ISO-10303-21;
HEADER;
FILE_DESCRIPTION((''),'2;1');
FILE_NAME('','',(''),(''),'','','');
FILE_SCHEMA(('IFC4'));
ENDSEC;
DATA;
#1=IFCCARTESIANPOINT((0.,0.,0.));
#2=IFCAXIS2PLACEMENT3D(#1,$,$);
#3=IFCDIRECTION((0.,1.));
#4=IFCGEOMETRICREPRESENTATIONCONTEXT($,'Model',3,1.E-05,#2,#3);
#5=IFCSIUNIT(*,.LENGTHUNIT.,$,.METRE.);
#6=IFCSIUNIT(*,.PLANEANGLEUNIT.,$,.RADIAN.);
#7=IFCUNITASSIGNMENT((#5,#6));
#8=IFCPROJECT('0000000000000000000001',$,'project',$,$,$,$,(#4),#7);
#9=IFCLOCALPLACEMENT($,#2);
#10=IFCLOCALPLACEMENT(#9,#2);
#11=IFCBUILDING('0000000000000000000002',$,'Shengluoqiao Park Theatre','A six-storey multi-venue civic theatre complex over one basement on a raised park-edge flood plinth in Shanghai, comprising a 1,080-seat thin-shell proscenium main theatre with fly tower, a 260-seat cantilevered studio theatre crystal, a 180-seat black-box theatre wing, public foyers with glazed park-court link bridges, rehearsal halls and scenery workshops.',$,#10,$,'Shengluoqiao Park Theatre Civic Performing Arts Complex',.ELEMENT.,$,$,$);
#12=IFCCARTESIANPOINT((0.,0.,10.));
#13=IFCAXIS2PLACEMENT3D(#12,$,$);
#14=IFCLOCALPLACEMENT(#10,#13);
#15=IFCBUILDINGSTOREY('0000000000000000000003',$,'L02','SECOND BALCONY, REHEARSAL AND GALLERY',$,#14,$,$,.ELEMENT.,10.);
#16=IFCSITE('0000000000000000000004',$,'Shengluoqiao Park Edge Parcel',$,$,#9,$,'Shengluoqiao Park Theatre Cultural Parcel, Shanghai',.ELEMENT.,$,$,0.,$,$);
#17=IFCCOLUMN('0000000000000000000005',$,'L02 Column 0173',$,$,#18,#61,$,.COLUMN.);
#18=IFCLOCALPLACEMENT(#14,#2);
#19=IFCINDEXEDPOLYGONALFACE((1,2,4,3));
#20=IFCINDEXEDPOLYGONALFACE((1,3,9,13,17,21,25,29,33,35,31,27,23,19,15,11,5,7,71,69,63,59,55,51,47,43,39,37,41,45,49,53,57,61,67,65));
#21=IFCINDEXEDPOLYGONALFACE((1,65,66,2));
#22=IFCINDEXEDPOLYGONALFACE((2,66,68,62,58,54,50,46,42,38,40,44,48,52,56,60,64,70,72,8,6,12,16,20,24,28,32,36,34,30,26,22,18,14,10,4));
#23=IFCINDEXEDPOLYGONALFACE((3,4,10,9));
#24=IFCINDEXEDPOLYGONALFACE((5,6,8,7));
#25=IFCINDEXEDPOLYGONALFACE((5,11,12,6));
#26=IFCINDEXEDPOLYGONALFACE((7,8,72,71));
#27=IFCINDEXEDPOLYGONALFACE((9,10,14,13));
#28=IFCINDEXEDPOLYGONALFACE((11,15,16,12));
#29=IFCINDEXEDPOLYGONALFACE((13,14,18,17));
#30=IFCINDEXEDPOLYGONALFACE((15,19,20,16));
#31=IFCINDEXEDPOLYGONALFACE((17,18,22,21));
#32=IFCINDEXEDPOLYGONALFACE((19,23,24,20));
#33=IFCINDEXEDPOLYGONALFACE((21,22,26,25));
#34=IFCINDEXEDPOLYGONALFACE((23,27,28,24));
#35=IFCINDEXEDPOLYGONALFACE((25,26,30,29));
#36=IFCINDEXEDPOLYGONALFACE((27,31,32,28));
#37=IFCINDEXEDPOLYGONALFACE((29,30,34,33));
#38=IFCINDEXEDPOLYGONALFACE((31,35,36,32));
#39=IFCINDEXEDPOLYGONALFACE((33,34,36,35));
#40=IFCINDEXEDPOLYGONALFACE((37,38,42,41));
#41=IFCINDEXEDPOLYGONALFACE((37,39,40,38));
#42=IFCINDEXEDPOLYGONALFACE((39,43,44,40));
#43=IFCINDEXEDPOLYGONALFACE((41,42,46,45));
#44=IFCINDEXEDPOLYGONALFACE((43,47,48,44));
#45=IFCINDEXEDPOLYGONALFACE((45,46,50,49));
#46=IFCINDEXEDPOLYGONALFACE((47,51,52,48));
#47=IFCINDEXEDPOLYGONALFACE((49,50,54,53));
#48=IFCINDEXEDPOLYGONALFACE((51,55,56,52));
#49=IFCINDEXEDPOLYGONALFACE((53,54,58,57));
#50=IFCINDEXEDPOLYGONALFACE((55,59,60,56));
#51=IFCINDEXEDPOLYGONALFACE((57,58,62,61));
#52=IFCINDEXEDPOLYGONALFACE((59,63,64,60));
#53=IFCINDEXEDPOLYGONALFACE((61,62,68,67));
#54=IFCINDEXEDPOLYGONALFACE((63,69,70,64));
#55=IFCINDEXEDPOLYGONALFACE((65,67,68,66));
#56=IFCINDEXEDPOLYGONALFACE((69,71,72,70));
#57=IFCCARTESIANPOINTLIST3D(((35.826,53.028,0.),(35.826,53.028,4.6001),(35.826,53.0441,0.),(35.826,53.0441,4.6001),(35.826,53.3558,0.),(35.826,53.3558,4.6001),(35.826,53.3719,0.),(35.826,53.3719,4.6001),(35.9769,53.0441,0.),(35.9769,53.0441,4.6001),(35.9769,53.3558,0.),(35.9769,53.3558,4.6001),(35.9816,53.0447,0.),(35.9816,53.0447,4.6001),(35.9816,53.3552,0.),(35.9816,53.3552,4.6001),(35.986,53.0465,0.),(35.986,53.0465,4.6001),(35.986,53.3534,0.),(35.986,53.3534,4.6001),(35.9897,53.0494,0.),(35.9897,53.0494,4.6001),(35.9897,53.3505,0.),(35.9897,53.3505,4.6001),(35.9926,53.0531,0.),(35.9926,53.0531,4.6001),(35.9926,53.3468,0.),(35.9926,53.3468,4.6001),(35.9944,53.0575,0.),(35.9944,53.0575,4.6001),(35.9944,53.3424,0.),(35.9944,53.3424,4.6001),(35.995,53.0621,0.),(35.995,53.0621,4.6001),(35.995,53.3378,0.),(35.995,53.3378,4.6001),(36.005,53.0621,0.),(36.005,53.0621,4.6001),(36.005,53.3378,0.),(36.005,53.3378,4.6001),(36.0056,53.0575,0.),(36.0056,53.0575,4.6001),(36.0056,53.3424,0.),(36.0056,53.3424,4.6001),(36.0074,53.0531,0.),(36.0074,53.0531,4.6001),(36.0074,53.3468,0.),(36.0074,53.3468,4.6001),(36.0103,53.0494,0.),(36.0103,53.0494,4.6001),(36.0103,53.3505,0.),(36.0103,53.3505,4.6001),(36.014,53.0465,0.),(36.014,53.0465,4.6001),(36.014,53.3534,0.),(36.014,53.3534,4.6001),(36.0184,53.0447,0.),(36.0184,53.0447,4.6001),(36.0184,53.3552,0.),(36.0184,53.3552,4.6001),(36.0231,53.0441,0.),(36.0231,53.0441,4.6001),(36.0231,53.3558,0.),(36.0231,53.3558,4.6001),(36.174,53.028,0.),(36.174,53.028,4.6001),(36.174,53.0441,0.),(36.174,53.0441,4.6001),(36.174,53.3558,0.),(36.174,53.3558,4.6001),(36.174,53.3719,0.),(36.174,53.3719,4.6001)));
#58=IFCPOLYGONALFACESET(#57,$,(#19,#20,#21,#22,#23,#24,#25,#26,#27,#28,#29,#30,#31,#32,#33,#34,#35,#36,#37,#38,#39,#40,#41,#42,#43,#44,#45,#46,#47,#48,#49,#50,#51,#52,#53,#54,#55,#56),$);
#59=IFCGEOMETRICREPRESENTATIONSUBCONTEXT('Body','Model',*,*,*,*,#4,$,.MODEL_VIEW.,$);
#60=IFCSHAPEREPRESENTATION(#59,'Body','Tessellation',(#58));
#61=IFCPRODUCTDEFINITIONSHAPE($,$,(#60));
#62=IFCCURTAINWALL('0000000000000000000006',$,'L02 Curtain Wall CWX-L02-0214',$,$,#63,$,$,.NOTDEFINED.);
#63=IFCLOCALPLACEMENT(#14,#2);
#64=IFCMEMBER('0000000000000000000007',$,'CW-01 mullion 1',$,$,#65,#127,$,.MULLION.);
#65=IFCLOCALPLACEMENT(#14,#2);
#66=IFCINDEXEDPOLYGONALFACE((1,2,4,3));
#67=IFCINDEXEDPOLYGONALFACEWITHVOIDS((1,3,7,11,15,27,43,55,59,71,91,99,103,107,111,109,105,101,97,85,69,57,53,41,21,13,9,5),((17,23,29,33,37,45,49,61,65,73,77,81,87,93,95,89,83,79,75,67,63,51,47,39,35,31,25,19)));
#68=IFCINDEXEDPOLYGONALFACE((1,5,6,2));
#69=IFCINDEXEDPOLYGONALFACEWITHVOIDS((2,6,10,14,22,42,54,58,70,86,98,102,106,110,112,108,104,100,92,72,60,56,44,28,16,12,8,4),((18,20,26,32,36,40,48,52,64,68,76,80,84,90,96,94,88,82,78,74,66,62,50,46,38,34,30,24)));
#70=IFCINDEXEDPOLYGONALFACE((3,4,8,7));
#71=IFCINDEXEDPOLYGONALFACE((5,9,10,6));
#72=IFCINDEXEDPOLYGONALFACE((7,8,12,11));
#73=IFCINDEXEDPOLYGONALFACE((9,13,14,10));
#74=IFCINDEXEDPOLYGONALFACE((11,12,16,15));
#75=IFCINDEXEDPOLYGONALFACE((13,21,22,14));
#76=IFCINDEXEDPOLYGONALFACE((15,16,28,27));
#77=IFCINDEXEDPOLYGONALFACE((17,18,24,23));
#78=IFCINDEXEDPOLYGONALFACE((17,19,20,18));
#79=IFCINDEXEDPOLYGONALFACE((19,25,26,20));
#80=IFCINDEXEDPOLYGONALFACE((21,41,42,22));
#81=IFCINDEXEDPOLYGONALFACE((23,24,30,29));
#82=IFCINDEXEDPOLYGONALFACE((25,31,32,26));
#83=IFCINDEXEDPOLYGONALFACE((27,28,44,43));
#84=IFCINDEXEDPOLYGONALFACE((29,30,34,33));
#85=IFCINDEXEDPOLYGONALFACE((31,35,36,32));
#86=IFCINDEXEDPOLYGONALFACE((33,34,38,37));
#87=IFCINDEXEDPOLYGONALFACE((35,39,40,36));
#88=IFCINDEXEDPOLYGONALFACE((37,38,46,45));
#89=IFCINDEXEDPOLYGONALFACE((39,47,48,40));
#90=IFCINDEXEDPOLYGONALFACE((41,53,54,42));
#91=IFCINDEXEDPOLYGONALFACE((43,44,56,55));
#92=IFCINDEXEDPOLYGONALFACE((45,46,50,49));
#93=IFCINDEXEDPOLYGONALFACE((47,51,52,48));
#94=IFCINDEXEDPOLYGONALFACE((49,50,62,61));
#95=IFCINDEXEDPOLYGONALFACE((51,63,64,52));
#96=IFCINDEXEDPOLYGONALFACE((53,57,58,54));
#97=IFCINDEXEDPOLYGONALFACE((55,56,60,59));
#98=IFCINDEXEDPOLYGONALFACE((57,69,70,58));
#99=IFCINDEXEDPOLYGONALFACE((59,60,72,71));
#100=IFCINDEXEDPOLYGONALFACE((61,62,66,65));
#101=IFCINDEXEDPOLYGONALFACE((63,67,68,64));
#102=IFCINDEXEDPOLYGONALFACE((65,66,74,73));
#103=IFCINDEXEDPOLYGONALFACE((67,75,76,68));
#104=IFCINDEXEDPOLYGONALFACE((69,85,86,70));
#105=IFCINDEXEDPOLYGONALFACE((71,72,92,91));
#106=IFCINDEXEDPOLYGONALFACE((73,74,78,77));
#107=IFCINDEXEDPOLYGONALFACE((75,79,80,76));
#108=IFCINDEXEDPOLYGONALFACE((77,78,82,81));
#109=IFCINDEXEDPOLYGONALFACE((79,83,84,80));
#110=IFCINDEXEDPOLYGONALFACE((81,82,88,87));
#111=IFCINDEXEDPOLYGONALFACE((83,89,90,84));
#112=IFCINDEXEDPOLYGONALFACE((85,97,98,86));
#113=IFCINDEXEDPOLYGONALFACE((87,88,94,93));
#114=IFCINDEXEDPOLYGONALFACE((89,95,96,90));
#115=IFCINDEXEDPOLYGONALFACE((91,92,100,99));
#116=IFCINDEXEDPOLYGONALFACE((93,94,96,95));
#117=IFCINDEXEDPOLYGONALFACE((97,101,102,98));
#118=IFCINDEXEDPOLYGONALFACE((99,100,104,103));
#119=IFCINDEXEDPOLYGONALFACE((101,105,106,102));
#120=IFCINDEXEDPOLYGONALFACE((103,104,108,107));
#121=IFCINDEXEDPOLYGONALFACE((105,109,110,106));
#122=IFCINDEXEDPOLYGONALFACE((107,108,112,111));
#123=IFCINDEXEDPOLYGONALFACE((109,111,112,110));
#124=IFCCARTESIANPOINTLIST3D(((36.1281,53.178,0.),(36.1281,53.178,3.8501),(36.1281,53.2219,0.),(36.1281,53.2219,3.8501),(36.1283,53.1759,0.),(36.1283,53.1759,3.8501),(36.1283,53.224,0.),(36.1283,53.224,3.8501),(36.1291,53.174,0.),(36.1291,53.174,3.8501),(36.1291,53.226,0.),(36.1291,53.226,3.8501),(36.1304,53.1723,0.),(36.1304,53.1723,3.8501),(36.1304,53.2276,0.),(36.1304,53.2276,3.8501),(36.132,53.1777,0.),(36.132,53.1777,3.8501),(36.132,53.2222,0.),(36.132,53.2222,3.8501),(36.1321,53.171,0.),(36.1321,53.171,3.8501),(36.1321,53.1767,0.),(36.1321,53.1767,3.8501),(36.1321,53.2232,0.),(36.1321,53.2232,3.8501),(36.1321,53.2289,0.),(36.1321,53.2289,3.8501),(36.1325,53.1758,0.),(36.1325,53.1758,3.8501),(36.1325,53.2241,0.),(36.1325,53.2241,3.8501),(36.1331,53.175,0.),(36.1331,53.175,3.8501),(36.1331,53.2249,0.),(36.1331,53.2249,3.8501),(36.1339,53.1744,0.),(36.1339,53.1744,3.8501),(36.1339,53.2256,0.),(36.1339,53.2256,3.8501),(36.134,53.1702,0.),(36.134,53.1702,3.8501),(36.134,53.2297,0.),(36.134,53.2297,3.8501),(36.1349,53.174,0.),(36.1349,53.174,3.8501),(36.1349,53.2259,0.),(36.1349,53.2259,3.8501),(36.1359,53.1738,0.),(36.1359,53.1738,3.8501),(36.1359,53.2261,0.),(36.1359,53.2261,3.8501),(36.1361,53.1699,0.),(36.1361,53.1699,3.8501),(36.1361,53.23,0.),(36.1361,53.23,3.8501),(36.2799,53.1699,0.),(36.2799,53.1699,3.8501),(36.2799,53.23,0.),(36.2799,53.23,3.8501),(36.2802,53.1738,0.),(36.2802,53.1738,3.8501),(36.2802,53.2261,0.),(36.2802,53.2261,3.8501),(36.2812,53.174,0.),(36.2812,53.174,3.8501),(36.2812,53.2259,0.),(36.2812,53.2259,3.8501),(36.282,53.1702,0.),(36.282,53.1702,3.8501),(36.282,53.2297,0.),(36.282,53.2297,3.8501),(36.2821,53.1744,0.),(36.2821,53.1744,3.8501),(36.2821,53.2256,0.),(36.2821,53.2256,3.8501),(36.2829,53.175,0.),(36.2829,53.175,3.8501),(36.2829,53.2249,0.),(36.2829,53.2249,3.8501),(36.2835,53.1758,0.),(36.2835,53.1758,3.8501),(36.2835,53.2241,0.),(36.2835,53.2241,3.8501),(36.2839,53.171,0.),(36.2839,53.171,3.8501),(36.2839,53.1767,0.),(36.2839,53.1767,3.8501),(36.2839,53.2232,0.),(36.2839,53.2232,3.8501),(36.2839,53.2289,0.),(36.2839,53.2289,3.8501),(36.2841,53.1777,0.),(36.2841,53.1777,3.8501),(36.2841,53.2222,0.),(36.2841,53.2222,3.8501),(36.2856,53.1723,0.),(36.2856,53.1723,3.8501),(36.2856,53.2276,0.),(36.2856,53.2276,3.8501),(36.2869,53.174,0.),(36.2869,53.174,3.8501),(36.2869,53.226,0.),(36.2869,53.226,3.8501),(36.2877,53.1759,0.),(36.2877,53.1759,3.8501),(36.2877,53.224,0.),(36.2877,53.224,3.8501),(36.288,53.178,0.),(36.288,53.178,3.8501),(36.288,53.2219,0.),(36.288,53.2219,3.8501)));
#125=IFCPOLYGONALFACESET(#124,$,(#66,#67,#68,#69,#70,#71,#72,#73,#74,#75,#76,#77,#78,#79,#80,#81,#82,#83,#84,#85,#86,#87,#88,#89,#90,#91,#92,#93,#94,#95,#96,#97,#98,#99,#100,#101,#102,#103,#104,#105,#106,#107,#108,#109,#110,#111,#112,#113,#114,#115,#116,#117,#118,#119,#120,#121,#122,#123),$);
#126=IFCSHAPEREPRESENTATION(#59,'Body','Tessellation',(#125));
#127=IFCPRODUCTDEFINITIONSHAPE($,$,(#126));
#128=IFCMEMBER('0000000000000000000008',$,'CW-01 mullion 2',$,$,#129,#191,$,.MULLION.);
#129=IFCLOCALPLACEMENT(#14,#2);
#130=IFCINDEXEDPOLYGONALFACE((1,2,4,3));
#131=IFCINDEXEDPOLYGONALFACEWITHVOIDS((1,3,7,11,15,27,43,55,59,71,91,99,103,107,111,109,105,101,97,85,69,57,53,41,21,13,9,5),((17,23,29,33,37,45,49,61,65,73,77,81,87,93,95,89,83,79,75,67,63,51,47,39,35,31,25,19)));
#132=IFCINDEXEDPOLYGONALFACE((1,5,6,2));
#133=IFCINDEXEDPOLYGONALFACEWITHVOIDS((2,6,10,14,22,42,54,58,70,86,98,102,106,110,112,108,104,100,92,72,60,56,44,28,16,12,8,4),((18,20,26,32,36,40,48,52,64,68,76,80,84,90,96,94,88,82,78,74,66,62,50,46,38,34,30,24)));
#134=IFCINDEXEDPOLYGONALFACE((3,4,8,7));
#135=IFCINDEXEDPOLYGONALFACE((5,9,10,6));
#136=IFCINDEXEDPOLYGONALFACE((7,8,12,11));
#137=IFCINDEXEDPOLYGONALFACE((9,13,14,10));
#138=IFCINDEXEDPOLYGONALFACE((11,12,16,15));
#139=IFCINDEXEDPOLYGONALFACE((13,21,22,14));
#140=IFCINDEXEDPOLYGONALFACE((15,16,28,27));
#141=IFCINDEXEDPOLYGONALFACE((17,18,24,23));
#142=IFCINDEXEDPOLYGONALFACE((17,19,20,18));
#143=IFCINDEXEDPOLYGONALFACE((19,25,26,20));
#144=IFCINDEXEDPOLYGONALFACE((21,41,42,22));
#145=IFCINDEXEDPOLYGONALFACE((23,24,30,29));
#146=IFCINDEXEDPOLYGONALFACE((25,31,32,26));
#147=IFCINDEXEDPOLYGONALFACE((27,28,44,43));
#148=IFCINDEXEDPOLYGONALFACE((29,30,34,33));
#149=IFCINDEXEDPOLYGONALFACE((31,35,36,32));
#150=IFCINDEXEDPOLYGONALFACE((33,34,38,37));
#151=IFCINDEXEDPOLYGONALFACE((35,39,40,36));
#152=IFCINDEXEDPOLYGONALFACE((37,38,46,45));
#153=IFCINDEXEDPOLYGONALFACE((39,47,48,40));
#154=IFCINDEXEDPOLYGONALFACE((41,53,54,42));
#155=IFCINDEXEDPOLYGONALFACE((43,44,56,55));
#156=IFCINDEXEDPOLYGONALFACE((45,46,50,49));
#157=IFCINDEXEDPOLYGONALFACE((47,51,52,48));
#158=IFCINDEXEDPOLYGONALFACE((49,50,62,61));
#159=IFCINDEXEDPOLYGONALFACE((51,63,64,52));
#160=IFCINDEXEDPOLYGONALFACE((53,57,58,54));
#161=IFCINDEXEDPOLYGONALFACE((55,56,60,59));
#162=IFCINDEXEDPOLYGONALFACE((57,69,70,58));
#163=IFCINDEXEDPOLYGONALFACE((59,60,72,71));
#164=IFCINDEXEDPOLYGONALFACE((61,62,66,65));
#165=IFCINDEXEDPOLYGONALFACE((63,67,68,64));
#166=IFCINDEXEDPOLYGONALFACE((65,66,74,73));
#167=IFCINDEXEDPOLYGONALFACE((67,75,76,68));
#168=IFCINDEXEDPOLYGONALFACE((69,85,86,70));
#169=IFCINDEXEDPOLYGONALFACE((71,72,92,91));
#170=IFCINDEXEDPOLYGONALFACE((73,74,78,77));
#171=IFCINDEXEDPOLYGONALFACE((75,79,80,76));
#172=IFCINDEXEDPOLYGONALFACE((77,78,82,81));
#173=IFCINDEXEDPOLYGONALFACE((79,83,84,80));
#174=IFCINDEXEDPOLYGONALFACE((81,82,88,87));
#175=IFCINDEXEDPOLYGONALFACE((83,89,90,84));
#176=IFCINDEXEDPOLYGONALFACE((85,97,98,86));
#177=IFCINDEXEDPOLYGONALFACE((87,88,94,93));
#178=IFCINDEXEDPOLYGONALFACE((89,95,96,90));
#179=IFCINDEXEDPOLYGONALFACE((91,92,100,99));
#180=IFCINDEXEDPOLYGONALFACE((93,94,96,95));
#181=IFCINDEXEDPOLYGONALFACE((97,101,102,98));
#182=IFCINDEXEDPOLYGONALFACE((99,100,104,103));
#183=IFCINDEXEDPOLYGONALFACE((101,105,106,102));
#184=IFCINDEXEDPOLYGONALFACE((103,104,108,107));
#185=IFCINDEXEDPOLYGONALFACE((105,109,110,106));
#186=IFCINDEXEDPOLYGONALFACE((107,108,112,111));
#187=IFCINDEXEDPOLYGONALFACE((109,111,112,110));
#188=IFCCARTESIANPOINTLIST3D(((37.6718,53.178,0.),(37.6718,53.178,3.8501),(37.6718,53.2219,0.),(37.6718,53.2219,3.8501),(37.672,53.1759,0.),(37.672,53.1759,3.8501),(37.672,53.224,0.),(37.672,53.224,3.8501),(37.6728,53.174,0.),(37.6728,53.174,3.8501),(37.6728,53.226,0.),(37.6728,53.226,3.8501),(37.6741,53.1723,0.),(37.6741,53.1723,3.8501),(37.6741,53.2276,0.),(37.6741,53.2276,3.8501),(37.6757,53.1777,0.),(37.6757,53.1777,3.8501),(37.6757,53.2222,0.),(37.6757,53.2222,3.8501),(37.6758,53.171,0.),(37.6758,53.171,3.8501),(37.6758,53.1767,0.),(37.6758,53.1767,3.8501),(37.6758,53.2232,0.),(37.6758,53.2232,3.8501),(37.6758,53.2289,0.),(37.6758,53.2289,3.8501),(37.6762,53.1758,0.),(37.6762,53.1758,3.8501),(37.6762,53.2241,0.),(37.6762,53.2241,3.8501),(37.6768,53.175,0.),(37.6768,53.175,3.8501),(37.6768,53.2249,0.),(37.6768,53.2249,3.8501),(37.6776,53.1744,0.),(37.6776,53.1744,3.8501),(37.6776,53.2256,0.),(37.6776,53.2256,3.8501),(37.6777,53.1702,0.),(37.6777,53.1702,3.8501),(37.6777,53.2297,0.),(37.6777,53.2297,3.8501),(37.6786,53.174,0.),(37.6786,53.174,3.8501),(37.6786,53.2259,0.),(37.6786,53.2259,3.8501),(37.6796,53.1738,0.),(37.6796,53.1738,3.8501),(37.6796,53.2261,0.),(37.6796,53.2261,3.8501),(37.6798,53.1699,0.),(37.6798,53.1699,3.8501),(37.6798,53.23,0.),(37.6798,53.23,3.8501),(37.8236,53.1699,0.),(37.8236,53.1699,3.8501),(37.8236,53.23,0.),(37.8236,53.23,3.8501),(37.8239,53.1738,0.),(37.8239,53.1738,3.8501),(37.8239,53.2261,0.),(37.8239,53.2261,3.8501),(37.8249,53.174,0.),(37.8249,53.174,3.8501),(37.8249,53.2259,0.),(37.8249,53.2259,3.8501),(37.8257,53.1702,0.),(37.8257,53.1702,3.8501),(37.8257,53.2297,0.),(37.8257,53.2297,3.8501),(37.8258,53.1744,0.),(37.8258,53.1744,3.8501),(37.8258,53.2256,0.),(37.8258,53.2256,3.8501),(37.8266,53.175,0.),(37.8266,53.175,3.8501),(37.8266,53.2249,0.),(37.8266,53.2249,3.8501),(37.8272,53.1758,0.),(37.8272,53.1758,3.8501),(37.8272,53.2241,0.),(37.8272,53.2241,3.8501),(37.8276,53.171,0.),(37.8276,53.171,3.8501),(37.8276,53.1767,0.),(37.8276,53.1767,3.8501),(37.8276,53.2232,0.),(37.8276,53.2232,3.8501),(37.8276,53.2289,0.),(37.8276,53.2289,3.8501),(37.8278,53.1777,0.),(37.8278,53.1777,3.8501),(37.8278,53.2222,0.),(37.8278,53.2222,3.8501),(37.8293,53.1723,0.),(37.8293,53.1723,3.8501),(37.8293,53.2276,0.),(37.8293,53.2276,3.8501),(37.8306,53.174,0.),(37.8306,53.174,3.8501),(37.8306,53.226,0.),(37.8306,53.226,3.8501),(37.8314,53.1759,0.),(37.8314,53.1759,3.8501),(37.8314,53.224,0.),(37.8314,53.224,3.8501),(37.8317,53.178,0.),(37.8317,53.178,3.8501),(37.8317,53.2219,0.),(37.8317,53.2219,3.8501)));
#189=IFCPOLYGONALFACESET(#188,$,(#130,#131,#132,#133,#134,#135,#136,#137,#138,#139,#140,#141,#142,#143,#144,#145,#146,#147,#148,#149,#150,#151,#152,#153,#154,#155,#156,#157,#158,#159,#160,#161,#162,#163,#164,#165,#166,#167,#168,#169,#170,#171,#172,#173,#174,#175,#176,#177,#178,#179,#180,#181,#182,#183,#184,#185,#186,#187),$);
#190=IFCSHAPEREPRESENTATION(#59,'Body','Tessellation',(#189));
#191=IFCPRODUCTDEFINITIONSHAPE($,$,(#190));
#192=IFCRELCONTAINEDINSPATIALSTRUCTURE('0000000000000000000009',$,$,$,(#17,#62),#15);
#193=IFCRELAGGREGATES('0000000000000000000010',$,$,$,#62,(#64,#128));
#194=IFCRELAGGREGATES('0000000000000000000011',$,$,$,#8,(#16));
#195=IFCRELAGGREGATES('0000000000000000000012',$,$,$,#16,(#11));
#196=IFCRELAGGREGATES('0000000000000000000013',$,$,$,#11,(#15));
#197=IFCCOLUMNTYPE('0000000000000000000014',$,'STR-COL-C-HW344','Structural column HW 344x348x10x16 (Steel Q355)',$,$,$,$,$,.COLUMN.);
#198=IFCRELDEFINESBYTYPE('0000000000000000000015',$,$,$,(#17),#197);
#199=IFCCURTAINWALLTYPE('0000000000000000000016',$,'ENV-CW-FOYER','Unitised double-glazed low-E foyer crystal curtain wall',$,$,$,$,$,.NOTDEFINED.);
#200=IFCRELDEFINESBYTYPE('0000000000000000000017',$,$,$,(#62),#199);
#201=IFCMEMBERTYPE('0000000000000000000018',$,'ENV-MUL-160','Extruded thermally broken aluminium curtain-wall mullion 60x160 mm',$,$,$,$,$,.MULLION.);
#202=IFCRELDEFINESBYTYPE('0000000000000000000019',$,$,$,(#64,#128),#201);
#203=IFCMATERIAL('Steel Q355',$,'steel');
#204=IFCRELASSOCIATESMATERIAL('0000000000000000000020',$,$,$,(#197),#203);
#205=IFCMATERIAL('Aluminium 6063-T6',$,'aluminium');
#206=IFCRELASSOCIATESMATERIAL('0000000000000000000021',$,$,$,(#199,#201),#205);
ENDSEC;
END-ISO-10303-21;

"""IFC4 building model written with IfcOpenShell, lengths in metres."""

from ifc_helpers import new_model, si_unit, direction, frame, origin, origin_2d, place, context, subcontext, project, spatial, hollow_rectangle, i_section, extrude, material, material_profile, profile_set, type_object, element, aggregate, save


model = new_model("IFC4")

# Units and contexts
model_context = context("Model", 3, precision=1e-05, world=origin(), true_north=direction((0.0, 1.0)))
body_context = subcontext(model_context, "Body", "Model", "MODEL_VIEW")
ifc_project = project(units=[si_unit("LENGTHUNIT", "METRE"), si_unit("PLANEANGLEUNIT", "RADIAN")], contexts=[model_context])

# Site, building, storey
site_placement = place(None, origin())
site = spatial("IfcSite", under=ifc_project, at=site_placement, Name="Shengluoqiao Park Edge Parcel", LongName="Shengluoqiao Park Theatre Cultural Parcel, Shanghai", CompositionType="ELEMENT", RefElevation=0.0)
building_placement = place(site_placement, origin())
building = spatial("IfcBuilding", under=site, at=building_placement, Name="Shengluoqiao Park Theatre", Description="A six-storey multi-venue civic theatre complex over one basement on a raised park-edge flood plinth in Shanghai, comprising a 1,080-seat thin-shell proscenium main theatre with fly tower, a 260-seat cantilevered studio theatre crystal, a 180-seat black-box theatre wing, public foyers with glazed park-court link bridges, rehearsal halls and scenery workshops.", LongName="Shengluoqiao Park Theatre Civic Performing Arts Complex", CompositionType="ELEMENT")
storey_placement = place(building_placement, frame((0.0, 0.0, 10.0)))
storey = spatial("IfcBuildingStorey", under=building, at=storey_placement, Name="L02", Description="SECOND BALCONY, REHEARSAL AND GALLERY", CompositionType="ELEMENT", Elevation=10.0)

# Column
ifc_material_1 = material(Name="Steel Q355", Category="steel")
ifc_material_profile_1 = material_profile(ifc_material_1, i_section(OverallWidth=0.3479, OverallDepth=0.344, WebThickness=0.01, FlangeThickness=0.0161, FilletRadius=0.0181, at=origin_2d()), Name="HW 344x348x10x16")
ifc_profile_set_1 = profile_set([ifc_material_profile_1], Name="Steel Q355")
column_type = type_object("IfcColumnType", Name="STR-COL-C-HW344", Description="Structural column HW 344x348x10x16 (Steel Q355)", PredefinedType="COLUMN", material=ifc_profile_set_1)
column_placement = place(storey_placement, frame((36.0, 53.2, 0.0), z_axis=(0.0, 0.0, 1.0), x_axis=(1.0, 0.0, 0.0)))
element("IfcColumn", 1, at=column_placement, inside=storey, type_object=column_type, Name="L02 Column 0173", PredefinedType="COLUMN", context=body_context, shape_type="SweptSolid", body=[
    extrude(i_section(OverallWidth=0.3479, OverallDepth=0.344, WebThickness=0.01, FlangeThickness=0.0161, FilletRadius=0.0181, at=origin_2d()), origin(), (0.0, 0.0, 1.0), 4.6001),
])

# Curtain wall, members
ifc_material_2 = material(Name="Aluminium 6063-T6", Category="aluminium")
curtain_wall_type = type_object("IfcCurtainWallType", Name="ENV-CW-FOYER", Description="Unitised double-glazed low-E foyer crystal curtain wall", PredefinedType="NOTDEFINED", material=ifc_material_2)
curtain_wall_placement = place(storey_placement, origin())
curtain_wall = element("IfcCurtainWall", 2, at=curtain_wall_placement, inside=storey, type_object=curtain_wall_type, Name="L02 Curtain Wall CWX-L02-0214", PredefinedType="NOTDEFINED")
ifc_material_profile_2 = material_profile(ifc_material_2, hollow_rectangle(XDim=0.0601, YDim=0.1599, WallThickness=0.0039, InnerFilletRadius=0.0039, OuterFilletRadius=0.0081, at=origin_2d()), Name="ALU MULLION 160x60x4")
ifc_profile_set_2 = profile_set([ifc_material_profile_2], Name="Aluminium 6063-T6")
member_type_1 = type_object("IfcMemberType", Name="ENV-MUL-160", Description="Extruded thermally broken aluminium curtain-wall mullion 60x160 mm", PredefinedType="MULLION", material=ifc_profile_set_2)
member_1_placement = place(storey_placement, frame((36.208, 53.2, 0.0), z_axis=(0.0, 0.0, 1.0), x_axis=(0.0, 1.0, 0.0)))
member_1 = element("IfcMember", 3, at=member_1_placement, type_object=member_type_1, Name="CW-01 mullion 1", PredefinedType="MULLION", context=body_context, shape_type="SweptSolid", body=[
    extrude(hollow_rectangle(XDim=0.0601, YDim=0.1599, WallThickness=0.0039, InnerFilletRadius=0.0039, OuterFilletRadius=0.0081, at=origin_2d()), origin(), (0.0, 0.0, 1.0), 3.8501),
])
member_2_placement = place(storey_placement, frame((37.7517, 53.2, 0.0), z_axis=(0.0, 0.0, 1.0), x_axis=(0.0, 1.0, 0.0)))
member_2 = element("IfcMember", 4, at=member_2_placement, type_object=member_type_1, Name="CW-01 mullion 2", PredefinedType="MULLION", context=body_context, shape_type="SweptSolid", body=[
    extrude(hollow_rectangle(XDim=0.0601, YDim=0.1599, WallThickness=0.0039, InnerFilletRadius=0.0039, OuterFilletRadius=0.0081, at=origin_2d()), origin(), (0.0, 0.0, 1.0), 3.8501),
])

aggregate(curtain_wall, [member_1, member_2])

save(model, "model.ifc")
